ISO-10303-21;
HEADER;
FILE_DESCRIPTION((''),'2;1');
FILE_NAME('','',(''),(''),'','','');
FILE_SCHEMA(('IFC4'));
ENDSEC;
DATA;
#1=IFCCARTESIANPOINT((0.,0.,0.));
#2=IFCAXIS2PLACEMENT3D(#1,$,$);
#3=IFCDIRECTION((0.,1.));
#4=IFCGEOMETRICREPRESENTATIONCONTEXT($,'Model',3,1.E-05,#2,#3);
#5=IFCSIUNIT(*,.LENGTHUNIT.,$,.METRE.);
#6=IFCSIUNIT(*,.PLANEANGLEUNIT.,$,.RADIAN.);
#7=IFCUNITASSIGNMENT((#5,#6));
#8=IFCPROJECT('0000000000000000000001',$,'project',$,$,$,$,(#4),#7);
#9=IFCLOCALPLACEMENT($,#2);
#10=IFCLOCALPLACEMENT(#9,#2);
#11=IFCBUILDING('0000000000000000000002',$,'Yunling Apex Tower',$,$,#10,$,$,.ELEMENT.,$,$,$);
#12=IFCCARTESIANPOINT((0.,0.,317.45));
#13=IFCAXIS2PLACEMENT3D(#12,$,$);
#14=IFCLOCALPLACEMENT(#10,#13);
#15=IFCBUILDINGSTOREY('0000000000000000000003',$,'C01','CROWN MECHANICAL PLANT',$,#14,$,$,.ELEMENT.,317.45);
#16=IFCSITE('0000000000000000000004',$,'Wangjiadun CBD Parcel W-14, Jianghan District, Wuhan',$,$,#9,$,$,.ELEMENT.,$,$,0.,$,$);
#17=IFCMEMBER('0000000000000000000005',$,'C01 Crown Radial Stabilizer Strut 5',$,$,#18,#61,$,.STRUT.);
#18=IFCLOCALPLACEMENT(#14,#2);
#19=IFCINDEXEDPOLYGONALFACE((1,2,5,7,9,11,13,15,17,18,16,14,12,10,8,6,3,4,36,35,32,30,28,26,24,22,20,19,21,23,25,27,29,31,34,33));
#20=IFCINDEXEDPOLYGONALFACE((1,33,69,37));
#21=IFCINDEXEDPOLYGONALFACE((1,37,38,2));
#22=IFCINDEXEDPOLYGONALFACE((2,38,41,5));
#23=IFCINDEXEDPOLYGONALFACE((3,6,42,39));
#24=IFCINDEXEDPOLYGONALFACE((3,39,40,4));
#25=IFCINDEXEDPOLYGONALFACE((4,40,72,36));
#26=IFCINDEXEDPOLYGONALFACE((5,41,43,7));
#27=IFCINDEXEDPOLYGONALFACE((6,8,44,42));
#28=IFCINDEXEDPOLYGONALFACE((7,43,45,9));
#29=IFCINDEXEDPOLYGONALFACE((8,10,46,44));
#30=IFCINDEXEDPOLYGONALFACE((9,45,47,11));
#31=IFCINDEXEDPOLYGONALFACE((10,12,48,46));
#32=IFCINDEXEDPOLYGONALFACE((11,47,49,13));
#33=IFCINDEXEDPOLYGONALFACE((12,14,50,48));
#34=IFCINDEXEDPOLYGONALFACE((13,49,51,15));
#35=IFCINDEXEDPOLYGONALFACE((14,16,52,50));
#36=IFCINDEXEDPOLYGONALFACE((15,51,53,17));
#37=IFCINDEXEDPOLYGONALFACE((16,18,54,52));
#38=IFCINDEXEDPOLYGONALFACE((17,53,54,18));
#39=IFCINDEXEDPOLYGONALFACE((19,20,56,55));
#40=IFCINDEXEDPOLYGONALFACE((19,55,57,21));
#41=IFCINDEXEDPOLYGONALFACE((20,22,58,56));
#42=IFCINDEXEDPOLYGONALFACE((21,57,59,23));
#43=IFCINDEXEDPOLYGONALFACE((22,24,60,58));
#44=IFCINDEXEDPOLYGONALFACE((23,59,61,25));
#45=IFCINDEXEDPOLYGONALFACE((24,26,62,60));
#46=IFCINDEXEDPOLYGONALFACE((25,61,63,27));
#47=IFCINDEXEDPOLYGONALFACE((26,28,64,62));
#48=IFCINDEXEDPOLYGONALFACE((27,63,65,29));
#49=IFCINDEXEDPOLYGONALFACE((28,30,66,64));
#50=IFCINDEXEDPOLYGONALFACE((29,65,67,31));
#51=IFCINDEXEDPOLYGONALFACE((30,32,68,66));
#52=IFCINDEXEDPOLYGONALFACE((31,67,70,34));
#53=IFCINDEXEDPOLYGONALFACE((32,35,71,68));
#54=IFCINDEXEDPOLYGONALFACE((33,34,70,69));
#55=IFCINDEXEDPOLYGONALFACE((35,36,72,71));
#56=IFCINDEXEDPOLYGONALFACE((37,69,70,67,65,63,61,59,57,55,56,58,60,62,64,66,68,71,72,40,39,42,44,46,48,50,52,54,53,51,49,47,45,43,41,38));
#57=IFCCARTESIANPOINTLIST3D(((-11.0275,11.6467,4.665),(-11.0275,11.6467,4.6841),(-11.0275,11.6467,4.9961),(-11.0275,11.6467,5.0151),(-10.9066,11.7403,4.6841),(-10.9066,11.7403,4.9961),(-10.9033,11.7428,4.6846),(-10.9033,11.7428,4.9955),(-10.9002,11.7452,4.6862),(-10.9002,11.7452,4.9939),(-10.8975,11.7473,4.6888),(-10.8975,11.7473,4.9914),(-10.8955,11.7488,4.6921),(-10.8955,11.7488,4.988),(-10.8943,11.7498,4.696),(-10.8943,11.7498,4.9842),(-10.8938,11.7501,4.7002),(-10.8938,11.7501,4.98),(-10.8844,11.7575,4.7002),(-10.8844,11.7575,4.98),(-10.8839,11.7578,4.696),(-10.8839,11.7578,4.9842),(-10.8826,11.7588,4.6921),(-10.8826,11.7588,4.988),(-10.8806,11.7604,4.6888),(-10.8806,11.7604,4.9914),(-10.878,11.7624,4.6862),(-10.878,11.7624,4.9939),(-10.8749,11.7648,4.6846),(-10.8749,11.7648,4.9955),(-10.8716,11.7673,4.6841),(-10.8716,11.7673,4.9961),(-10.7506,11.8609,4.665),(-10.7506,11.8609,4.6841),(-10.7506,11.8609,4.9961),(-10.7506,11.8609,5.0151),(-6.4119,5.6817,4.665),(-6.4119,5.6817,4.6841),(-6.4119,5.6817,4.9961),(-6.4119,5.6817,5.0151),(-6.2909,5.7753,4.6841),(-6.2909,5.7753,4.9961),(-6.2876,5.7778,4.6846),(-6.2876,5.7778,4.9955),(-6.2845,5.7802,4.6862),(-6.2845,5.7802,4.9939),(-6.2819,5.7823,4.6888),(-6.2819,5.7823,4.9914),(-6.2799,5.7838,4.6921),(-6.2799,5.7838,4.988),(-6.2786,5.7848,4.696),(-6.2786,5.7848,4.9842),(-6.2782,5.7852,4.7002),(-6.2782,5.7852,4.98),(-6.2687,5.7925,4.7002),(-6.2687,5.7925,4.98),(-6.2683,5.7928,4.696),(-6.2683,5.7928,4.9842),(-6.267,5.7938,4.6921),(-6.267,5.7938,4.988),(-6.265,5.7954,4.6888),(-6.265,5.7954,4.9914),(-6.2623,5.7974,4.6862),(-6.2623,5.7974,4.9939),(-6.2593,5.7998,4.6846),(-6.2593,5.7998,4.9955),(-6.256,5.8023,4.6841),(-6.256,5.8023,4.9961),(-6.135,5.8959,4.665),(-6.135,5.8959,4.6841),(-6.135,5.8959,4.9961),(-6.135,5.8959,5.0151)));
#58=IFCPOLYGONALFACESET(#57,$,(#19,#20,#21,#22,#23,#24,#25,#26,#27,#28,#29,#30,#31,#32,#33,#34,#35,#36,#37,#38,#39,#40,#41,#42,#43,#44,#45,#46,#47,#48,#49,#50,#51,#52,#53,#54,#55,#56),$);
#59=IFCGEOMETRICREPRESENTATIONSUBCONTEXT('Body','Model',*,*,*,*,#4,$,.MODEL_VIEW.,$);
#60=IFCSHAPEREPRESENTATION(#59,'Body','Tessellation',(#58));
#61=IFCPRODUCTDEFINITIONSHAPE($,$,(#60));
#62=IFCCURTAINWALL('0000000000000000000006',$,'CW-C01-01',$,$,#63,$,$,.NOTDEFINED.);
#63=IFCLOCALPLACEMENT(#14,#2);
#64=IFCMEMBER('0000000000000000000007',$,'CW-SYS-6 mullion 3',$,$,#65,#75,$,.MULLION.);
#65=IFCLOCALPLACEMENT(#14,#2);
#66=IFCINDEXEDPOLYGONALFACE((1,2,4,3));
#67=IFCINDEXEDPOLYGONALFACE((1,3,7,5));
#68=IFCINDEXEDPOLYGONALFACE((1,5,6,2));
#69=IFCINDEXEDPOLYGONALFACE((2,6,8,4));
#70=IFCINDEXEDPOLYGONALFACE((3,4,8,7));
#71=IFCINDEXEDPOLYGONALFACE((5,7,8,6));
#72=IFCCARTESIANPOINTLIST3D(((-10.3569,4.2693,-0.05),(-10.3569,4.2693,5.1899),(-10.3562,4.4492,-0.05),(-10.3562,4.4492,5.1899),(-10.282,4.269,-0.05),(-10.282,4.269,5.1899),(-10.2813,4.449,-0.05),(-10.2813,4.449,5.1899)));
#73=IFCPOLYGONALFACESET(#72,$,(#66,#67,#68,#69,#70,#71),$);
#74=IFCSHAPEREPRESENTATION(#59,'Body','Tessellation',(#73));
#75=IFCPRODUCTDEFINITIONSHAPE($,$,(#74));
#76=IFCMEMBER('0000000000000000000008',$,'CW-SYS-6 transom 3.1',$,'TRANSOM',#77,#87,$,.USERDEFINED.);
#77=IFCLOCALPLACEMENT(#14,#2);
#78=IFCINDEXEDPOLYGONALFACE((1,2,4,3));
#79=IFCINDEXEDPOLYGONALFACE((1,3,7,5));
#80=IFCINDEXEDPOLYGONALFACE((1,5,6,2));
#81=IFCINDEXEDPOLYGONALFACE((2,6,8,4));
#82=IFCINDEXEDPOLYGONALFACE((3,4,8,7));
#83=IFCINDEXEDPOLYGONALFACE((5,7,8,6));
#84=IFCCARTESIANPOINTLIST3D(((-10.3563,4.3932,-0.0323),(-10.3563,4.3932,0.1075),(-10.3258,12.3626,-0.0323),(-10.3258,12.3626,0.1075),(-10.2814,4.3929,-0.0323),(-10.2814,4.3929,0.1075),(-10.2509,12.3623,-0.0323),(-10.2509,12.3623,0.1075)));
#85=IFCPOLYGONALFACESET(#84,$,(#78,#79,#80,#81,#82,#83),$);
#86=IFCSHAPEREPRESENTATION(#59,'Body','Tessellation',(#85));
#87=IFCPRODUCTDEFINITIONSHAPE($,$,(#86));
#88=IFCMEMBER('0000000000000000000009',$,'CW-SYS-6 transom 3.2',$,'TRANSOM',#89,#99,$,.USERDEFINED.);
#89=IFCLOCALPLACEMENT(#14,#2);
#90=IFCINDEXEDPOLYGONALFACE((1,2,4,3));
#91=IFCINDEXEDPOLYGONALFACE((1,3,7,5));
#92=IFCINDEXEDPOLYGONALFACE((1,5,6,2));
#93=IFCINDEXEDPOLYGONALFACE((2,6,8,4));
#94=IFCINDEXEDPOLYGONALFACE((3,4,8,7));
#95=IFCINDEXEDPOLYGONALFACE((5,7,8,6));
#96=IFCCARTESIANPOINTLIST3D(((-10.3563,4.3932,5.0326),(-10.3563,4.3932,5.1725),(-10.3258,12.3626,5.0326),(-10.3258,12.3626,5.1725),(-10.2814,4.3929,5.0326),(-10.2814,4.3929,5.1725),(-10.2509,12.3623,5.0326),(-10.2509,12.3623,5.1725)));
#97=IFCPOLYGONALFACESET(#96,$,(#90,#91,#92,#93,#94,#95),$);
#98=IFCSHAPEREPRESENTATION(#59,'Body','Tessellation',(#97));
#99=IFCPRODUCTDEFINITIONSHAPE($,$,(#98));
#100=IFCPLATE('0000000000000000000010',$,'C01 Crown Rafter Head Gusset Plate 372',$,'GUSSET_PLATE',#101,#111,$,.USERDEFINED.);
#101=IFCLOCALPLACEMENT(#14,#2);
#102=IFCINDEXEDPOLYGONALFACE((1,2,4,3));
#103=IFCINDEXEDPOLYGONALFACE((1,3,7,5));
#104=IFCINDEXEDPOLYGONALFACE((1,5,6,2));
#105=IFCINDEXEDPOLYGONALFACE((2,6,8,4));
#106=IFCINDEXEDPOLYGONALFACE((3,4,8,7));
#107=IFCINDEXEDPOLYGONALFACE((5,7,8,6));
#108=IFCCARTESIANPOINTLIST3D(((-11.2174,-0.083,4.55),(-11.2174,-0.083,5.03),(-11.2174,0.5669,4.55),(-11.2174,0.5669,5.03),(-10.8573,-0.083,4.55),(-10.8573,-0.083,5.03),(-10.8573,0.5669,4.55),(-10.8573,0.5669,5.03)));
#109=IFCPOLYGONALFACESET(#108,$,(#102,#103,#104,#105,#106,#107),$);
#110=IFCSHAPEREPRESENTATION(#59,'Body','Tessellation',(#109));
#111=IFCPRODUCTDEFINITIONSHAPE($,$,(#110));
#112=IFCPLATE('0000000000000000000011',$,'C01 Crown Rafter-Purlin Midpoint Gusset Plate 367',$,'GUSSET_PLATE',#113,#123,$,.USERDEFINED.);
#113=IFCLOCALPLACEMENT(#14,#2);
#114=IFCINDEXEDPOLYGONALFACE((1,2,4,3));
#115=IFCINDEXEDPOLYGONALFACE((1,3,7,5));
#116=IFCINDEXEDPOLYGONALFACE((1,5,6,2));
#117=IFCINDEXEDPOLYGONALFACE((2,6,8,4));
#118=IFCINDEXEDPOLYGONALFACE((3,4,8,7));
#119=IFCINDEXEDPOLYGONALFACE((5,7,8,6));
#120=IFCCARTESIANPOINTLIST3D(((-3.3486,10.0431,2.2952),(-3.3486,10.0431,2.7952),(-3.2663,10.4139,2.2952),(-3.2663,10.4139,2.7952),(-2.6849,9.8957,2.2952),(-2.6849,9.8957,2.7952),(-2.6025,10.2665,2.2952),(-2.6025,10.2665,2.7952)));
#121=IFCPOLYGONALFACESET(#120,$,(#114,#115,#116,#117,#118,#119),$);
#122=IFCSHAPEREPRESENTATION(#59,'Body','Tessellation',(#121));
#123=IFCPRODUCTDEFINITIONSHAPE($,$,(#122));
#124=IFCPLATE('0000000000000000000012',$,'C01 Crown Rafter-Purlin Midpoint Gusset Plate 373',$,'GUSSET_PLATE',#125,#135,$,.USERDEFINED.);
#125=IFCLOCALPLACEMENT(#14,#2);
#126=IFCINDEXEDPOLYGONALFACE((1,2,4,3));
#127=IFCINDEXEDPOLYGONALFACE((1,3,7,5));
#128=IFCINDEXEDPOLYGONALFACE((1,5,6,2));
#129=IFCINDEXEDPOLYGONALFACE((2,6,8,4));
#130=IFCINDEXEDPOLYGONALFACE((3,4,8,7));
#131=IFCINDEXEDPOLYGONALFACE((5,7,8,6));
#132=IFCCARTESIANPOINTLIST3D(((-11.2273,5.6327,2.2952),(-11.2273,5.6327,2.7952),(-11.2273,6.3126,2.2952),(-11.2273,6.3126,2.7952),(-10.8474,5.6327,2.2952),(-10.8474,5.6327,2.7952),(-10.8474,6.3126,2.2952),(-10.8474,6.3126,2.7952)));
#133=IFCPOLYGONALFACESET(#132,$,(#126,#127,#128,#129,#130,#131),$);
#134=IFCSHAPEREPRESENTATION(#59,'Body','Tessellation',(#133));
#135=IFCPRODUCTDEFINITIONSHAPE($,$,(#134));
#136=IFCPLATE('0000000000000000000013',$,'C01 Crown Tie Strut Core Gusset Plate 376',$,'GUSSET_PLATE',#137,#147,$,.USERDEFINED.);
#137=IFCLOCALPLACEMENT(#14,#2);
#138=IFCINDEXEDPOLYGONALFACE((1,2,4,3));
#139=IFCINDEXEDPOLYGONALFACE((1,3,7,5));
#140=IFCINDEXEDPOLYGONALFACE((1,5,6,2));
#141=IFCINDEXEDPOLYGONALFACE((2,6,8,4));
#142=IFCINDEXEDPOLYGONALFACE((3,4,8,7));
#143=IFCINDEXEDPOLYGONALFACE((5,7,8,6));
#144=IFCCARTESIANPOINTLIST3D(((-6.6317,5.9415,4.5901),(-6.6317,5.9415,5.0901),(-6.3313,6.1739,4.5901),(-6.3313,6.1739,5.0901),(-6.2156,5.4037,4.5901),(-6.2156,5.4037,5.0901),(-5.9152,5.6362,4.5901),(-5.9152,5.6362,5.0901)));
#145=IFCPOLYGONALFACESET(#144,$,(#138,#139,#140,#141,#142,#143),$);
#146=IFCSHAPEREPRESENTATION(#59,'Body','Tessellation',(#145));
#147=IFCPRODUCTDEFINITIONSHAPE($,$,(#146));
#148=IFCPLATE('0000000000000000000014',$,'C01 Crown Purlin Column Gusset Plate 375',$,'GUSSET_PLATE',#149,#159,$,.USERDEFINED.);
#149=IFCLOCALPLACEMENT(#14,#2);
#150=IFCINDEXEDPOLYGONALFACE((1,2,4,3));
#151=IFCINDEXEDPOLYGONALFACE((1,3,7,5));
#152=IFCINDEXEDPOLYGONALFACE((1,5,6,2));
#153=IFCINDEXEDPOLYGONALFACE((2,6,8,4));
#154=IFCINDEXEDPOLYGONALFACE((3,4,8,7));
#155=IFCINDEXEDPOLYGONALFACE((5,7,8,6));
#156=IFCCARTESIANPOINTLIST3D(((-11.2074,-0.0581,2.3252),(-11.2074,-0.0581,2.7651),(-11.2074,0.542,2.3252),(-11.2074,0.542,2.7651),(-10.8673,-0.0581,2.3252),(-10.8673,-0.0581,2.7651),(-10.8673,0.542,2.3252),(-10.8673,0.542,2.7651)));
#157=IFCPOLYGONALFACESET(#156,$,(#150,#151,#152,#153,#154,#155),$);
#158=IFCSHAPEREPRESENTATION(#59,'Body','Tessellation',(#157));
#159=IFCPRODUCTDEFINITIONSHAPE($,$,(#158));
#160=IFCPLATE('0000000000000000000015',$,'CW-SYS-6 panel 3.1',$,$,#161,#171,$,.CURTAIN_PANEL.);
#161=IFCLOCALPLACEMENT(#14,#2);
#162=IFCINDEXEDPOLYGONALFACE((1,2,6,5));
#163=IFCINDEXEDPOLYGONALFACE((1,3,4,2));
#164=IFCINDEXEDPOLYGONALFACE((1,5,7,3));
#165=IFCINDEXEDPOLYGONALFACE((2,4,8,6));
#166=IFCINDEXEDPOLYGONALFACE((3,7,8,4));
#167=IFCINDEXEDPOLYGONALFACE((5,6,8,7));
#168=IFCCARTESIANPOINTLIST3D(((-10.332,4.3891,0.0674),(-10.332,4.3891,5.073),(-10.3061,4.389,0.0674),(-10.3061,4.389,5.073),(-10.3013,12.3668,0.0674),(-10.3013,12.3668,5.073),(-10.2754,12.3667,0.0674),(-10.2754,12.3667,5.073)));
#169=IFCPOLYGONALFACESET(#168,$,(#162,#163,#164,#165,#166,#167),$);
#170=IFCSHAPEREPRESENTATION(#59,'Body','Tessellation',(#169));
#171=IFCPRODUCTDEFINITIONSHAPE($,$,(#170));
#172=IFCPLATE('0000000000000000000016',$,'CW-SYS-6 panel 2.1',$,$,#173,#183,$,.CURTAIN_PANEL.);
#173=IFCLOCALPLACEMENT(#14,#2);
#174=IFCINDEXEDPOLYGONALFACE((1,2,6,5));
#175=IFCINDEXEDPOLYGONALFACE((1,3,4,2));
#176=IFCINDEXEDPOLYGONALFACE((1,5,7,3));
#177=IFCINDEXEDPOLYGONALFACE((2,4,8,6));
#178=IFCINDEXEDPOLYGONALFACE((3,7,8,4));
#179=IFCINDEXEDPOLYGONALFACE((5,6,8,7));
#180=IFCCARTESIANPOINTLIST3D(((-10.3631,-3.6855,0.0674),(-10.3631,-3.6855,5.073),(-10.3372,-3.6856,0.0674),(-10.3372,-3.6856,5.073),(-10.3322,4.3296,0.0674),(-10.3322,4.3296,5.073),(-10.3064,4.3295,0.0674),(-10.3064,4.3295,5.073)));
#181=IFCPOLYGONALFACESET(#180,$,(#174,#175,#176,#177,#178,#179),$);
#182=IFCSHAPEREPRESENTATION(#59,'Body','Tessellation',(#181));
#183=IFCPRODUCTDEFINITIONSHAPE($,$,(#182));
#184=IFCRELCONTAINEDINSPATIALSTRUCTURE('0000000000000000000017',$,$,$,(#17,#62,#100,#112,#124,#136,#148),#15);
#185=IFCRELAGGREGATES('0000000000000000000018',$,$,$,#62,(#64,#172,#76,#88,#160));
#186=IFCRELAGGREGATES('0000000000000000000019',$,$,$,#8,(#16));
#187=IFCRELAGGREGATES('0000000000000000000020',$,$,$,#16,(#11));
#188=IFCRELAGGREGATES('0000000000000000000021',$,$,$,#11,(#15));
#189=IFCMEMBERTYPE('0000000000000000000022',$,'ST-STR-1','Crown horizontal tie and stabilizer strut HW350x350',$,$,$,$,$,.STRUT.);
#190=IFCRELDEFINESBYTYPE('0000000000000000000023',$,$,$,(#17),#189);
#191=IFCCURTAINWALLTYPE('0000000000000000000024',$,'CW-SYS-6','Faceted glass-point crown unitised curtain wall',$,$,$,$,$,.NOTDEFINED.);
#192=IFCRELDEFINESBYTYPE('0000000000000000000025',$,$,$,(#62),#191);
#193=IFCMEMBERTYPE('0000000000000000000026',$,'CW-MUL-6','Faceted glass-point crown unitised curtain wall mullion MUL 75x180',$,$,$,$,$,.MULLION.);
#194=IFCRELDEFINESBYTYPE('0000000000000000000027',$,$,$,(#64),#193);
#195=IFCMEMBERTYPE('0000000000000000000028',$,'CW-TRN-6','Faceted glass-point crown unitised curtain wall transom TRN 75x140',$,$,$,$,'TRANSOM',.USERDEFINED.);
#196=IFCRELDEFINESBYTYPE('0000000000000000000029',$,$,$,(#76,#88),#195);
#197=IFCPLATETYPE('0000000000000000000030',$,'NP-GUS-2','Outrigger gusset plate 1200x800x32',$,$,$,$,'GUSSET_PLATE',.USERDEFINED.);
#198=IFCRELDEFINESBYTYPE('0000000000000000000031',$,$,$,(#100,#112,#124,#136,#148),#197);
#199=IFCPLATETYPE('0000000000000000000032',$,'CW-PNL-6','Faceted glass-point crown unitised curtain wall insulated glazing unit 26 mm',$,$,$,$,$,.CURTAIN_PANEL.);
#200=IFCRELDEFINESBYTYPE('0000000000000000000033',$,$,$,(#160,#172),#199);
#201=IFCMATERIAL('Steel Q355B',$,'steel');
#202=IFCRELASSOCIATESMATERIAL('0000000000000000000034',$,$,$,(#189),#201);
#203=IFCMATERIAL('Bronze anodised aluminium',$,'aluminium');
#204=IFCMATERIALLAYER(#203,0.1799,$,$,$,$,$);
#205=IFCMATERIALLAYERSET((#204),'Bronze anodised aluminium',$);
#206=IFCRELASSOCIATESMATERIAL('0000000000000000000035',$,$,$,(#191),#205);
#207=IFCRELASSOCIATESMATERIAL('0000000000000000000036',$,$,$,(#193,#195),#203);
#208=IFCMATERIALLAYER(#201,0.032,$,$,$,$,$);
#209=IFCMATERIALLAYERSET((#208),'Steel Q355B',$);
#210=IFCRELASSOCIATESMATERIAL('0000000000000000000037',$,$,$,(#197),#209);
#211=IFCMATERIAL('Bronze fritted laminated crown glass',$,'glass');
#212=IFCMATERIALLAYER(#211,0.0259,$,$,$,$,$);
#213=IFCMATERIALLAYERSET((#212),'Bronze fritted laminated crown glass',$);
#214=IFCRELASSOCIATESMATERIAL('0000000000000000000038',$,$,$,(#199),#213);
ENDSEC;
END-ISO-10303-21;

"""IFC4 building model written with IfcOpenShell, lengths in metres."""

from ifc_helpers import new_model, si_unit, direction, frame, origin, origin_2d, place, context, subcontext, project, spatial, rectangle, i_section, extrude, source, transform, mapped, material, layer, layer_set, material_profile, profile_set, type_object, element, aggregate, save


model = new_model("IFC4")

# Units and contexts
model_context = context("Model", 3, precision=1e-05, world=origin(), true_north=direction((0.0, 1.0)))
body_context = subcontext(model_context, "Body", "Model", "MODEL_VIEW")
ifc_project = project(units=[si_unit("LENGTHUNIT", "METRE"), si_unit("PLANEANGLEUNIT", "RADIAN")], contexts=[model_context])

# Site, building, storey
site_placement = place(None, origin())
site = spatial("IfcSite", under=ifc_project, at=site_placement, Name="Wangjiadun CBD Parcel W-14, Jianghan District, Wuhan", CompositionType="ELEMENT", RefElevation=0.0)
building_placement = place(site_placement, origin())
building = spatial("IfcBuilding", under=site, at=building_placement, Name="Yunling Apex Tower", CompositionType="ELEMENT")
storey_placement = place(building_placement, frame((0.0, 0.0, 317.45)))
storey = spatial("IfcBuildingStorey", under=building, at=storey_placement, Name="C01", Description="CROWN MECHANICAL PLANT", CompositionType="ELEMENT", Elevation=317.45)

# Shared definitions
ifc_material_1 = material(Name="Steel Q355B", Category="steel")

# Member
ifc_material_profile_1 = material_profile(ifc_material_1, i_section(OverallWidth=0.3501, OverallDepth=0.3501, WebThickness=0.012, FlangeThickness=0.019, FilletRadius=0.0161, at=origin_2d()))
ifc_profile_set_1 = profile_set([ifc_material_profile_1], Name="Steel Q355B")
member_type_1 = type_object("IfcMemberType", Name="ST-STR-1", Description="Crown horizontal tie and stabilizer strut HW350x350", PredefinedType="STRUT", material=ifc_profile_set_1)
shared_shape_1 = source(origin(), body_context, "Body", "SweptSolid", [
    extrude(i_section(OverallWidth=0.3501, OverallDepth=0.3501, WebThickness=0.012, FlangeThickness=0.019, FilletRadius=0.0161, at=origin_2d()), origin(), (0.0, 0.0, 1.0), 7.5422),
])
member_1_placement = place(storey_placement, frame((-6.2734, 5.7888, 4.8401), z_axis=(-0.611973, 0.790878, 0.0), x_axis=(-0.790878, -0.611973, 0.0)))
element("IfcMember", 1, at=member_1_placement, inside=storey, type_object=member_type_1, Name="C01 Crown Radial Stabilizer Strut 5", PredefinedType="STRUT", context=body_context, shape_type="MappedRepresentation", body=[
    mapped(shared_shape_1, transform((0.0, 0.0, 0.0), scale=1.0)),
])

# Curtain wall, members
ifc_material_2 = material(Name="Bronze anodised aluminium", Category="aluminium")
ifc_layer_1 = layer(ifc_material_2, 0.1799)
ifc_layer_set_1 = layer_set([ifc_layer_1], Name="Bronze anodised aluminium")
curtain_wall_type = type_object("IfcCurtainWallType", Name="CW-SYS-6", Description="Faceted glass-point crown unitised curtain wall", PredefinedType="NOTDEFINED", material=ifc_layer_set_1)
curtain_wall_placement = place(storey_placement, origin())
curtain_wall = element("IfcCurtainWall", 2, at=curtain_wall_placement, inside=storey, type_object=curtain_wall_type, Name="CW-C01-01", PredefinedType="NOTDEFINED")
ifc_material_profile_2 = material_profile(ifc_material_2, rectangle(XDim=0.075, YDim=0.1799, at=origin_2d()))
ifc_profile_set_2 = profile_set([ifc_material_profile_2], Name="Bronze anodised aluminium")
member_type_2 = type_object("IfcMemberType", Name="CW-MUL-6", Description="Faceted glass-point crown unitised curtain wall mullion MUL 75x180", PredefinedType="MULLION", material=ifc_profile_set_2)
shared_shape_2 = source(origin(), body_context, "Body", "SweptSolid", [
    extrude(rectangle(XDim=0.075, YDim=0.1799, at=origin_2d()), origin(), (0.0, 0.0, 1.0), 5.24),
])
member_2_placement = place(storey_placement, frame((-10.3191, 4.3591, -0.05), z_axis=(0.0, 0.0, 1.0), x_axis=(-0.999993, 0.003847, 0.0)))
member_2 = element("IfcMember", 3, at=member_2_placement, type_object=member_type_2, Name="CW-SYS-6 mullion 3", PredefinedType="MULLION", context=body_context, shape_type="MappedRepresentation", body=[
    mapped(shared_shape_2, transform((0.0, 0.0, 0.0), scale=1.0)),
])
ifc_material_profile_3 = material_profile(ifc_material_2, rectangle(XDim=0.075, YDim=0.1399, at=origin_2d()))
ifc_profile_set_3 = profile_set([ifc_material_profile_3], Name="Bronze anodised aluminium")
member_type_3 = type_object("IfcMemberType", Name="CW-TRN-6", Description="Faceted glass-point crown unitised curtain wall transom TRN 75x140", ElementType="TRANSOM", PredefinedType="USERDEFINED", material=ifc_profile_set_3)
shared_shape_3 = source(origin(), body_context, "Body", "SweptSolid", [
    extrude(rectangle(XDim=0.075, YDim=0.1399, at=origin_2d()), origin(), (0.0, 0.0, 1.0), 7.9695),
])
member_3_placement = place(storey_placement, frame((-10.3188, 4.3931, 0.0376), z_axis=(0.003829, 0.999993, 0.0), x_axis=(-0.999993, 0.003829, 0.0)))
member_3 = element("IfcMember", 4, at=member_3_placement, type_object=member_type_3, Name="CW-SYS-6 transom 3.1", ObjectType="TRANSOM", PredefinedType="USERDEFINED", context=body_context, shape_type="MappedRepresentation", body=[
    mapped(shared_shape_3, transform((0.0, 0.0, 0.0), scale=1.0)),
])
member_4_placement = place(storey_placement, frame((-10.3188, 4.3931, 5.1025), z_axis=(0.003829, 0.999993, 0.0), x_axis=(-0.999993, 0.003829, 0.0)))
member_4 = element("IfcMember", 5, at=member_4_placement, type_object=member_type_3, Name="CW-SYS-6 transom 3.2", ObjectType="TRANSOM", PredefinedType="USERDEFINED", context=body_context, shape_type="MappedRepresentation", body=[
    mapped(shared_shape_3, transform((0.0, 0.0, 0.0), scale=1.0)),
])

# Plates
ifc_layer_2 = layer(ifc_material_1, 0.032)
ifc_layer_set_2 = layer_set([ifc_layer_2], Name="Steel Q355B")
plate_type_1 = type_object("IfcPlateType", Name="NP-GUS-2", Description="Outrigger gusset plate 1200x800x32", ElementType="GUSSET_PLATE", PredefinedType="USERDEFINED", material=ifc_layer_set_2)
shared_shape_4 = source(origin(), body_context, "Body", "SweptSolid", [
    extrude(rectangle(XDim=0.6499, YDim=0.3601, at=origin_2d()), origin(), (0.0, 0.0, 1.0), 0.48),
])
plate_1_placement = place(storey_placement, frame((-11.0374, 0.2419, 4.55), z_axis=(0.0, 0.0, 1.0), x_axis=(0.0, -1.0, 0.0)))
element("IfcPlate", 6, at=plate_1_placement, inside=storey, type_object=plate_type_1, Name="C01 Crown Rafter Head Gusset Plate 372", ObjectType="GUSSET_PLATE", PredefinedType="USERDEFINED", context=body_context, shape_type="MappedRepresentation", body=[
    mapped(shared_shape_4, transform((0.0, 0.0, 0.0), scale=1.0)),
])
shared_shape_5 = source(origin(), body_context, "Body", "SweptSolid", [
    extrude(rectangle(XDim=0.6799, YDim=0.3799, at=origin_2d()), origin(), (0.0, 0.0, 1.0), 0.5),
])
for number, where, z_axis, x_axis, name in (
    (7, (-2.9756, 10.1548, 2.2952), (0.0, 0.0, 1.0), (-0.97622, 0.21678, 0.0), "C01 Crown Rafter-Purlin Midpoint Gusset Plate 367"),
    (8, (-11.0374, 5.9727, 2.2952), (0.0, 0.0, 1.0), (0.0, -1.0, 0.0), "C01 Crown Rafter-Purlin Midpoint Gusset Plate 373"),
    (9, (-6.2734, 5.7888, 4.5901), (0.0, 0.0, 1.0), (-0.611941, 0.790903, 0.0), "C01 Crown Tie Strut Core Gusset Plate 376"),
):
    element("IfcPlate", number, at=place(storey_placement, frame(where, z_axis=z_axis, x_axis=x_axis)), inside=storey, type_object=plate_type_1, Name=name, ObjectType="GUSSET_PLATE", PredefinedType="USERDEFINED", context=body_context, shape_type="MappedRepresentation", body=[
        mapped(shared_shape_5, transform((0.0, 0.0, 0.0), scale=1.0)),
    ])
shared_shape_6 = source(origin(), body_context, "Body", "SweptSolid", [
    extrude(rectangle(XDim=0.6001, YDim=0.3401, at=origin_2d()), origin(), (0.0, 0.0, 1.0), 0.4399),
])
plate_2_placement = place(storey_placement, frame((-11.0374, 0.2419, 2.3252), z_axis=(0.0, 0.0, 1.0), x_axis=(0.0, -1.0, 0.0)))
element("IfcPlate", 10, at=plate_2_placement, inside=storey, type_object=plate_type_1, Name="C01 Crown Purlin Column Gusset Plate 375", ObjectType="GUSSET_PLATE", PredefinedType="USERDEFINED", context=body_context, shape_type="MappedRepresentation", body=[
    mapped(shared_shape_6, transform((0.0, 0.0, 0.0), scale=1.0)),
])

# Plates
ifc_material_3 = material(Name="Bronze fritted laminated crown glass", Category="glass")
ifc_layer_3 = layer(ifc_material_3, 0.0259)
ifc_layer_set_3 = layer_set([ifc_layer_3], Name="Bronze fritted laminated crown glass")
plate_type_2 = type_object("IfcPlateType", Name="CW-PNL-6", Description="Faceted glass-point crown unitised curtain wall insulated glazing unit 26 mm", PredefinedType="CURTAIN_PANEL", material=ifc_layer_set_3)
shared_shape_7 = source(origin(), body_context, "Body", "SweptSolid", [
    extrude(rectangle(XDim=7.9778, YDim=0.0259, at=origin_2d()), origin(), (0.0, 0.0, 1.0), 5.0056),
])
plate_3_placement = place(storey_placement, frame((-10.3037, 8.3779, 0.0674), z_axis=(0.0, 0.0, 1.0), x_axis=(0.003847, 0.999993, 0.0)))
plate_3 = element("IfcPlate", 11, at=plate_3_placement, type_object=plate_type_2, Name="CW-SYS-6 panel 3.1", PredefinedType="CURTAIN_PANEL", context=body_context, shape_type="MappedRepresentation", body=[
    mapped(shared_shape_7, transform((0.0, 0.0, 0.0), scale=1.0)),
])
shared_shape_8 = source(origin(), body_context, "Body", "SweptSolid", [
    extrude(rectangle(XDim=8.0151, YDim=0.0259, at=origin_2d()), origin(), (0.0, 0.0, 1.0), 5.0056),
])
plate_4_placement = place(storey_placement, frame((-10.3347, 0.322, 0.0674), z_axis=(0.0, 0.0, 1.0), x_axis=(0.003847, 0.999993, 0.0)))
plate_4 = element("IfcPlate", 12, at=plate_4_placement, type_object=plate_type_2, Name="CW-SYS-6 panel 2.1", PredefinedType="CURTAIN_PANEL", context=body_context, shape_type="MappedRepresentation", body=[
    mapped(shared_shape_8, transform((0.0, 0.0, 0.0), scale=1.0)),
])
aggregate(curtain_wall, [member_2, plate_4, member_3, member_4, plate_3])

save(model, "model.ifc")
